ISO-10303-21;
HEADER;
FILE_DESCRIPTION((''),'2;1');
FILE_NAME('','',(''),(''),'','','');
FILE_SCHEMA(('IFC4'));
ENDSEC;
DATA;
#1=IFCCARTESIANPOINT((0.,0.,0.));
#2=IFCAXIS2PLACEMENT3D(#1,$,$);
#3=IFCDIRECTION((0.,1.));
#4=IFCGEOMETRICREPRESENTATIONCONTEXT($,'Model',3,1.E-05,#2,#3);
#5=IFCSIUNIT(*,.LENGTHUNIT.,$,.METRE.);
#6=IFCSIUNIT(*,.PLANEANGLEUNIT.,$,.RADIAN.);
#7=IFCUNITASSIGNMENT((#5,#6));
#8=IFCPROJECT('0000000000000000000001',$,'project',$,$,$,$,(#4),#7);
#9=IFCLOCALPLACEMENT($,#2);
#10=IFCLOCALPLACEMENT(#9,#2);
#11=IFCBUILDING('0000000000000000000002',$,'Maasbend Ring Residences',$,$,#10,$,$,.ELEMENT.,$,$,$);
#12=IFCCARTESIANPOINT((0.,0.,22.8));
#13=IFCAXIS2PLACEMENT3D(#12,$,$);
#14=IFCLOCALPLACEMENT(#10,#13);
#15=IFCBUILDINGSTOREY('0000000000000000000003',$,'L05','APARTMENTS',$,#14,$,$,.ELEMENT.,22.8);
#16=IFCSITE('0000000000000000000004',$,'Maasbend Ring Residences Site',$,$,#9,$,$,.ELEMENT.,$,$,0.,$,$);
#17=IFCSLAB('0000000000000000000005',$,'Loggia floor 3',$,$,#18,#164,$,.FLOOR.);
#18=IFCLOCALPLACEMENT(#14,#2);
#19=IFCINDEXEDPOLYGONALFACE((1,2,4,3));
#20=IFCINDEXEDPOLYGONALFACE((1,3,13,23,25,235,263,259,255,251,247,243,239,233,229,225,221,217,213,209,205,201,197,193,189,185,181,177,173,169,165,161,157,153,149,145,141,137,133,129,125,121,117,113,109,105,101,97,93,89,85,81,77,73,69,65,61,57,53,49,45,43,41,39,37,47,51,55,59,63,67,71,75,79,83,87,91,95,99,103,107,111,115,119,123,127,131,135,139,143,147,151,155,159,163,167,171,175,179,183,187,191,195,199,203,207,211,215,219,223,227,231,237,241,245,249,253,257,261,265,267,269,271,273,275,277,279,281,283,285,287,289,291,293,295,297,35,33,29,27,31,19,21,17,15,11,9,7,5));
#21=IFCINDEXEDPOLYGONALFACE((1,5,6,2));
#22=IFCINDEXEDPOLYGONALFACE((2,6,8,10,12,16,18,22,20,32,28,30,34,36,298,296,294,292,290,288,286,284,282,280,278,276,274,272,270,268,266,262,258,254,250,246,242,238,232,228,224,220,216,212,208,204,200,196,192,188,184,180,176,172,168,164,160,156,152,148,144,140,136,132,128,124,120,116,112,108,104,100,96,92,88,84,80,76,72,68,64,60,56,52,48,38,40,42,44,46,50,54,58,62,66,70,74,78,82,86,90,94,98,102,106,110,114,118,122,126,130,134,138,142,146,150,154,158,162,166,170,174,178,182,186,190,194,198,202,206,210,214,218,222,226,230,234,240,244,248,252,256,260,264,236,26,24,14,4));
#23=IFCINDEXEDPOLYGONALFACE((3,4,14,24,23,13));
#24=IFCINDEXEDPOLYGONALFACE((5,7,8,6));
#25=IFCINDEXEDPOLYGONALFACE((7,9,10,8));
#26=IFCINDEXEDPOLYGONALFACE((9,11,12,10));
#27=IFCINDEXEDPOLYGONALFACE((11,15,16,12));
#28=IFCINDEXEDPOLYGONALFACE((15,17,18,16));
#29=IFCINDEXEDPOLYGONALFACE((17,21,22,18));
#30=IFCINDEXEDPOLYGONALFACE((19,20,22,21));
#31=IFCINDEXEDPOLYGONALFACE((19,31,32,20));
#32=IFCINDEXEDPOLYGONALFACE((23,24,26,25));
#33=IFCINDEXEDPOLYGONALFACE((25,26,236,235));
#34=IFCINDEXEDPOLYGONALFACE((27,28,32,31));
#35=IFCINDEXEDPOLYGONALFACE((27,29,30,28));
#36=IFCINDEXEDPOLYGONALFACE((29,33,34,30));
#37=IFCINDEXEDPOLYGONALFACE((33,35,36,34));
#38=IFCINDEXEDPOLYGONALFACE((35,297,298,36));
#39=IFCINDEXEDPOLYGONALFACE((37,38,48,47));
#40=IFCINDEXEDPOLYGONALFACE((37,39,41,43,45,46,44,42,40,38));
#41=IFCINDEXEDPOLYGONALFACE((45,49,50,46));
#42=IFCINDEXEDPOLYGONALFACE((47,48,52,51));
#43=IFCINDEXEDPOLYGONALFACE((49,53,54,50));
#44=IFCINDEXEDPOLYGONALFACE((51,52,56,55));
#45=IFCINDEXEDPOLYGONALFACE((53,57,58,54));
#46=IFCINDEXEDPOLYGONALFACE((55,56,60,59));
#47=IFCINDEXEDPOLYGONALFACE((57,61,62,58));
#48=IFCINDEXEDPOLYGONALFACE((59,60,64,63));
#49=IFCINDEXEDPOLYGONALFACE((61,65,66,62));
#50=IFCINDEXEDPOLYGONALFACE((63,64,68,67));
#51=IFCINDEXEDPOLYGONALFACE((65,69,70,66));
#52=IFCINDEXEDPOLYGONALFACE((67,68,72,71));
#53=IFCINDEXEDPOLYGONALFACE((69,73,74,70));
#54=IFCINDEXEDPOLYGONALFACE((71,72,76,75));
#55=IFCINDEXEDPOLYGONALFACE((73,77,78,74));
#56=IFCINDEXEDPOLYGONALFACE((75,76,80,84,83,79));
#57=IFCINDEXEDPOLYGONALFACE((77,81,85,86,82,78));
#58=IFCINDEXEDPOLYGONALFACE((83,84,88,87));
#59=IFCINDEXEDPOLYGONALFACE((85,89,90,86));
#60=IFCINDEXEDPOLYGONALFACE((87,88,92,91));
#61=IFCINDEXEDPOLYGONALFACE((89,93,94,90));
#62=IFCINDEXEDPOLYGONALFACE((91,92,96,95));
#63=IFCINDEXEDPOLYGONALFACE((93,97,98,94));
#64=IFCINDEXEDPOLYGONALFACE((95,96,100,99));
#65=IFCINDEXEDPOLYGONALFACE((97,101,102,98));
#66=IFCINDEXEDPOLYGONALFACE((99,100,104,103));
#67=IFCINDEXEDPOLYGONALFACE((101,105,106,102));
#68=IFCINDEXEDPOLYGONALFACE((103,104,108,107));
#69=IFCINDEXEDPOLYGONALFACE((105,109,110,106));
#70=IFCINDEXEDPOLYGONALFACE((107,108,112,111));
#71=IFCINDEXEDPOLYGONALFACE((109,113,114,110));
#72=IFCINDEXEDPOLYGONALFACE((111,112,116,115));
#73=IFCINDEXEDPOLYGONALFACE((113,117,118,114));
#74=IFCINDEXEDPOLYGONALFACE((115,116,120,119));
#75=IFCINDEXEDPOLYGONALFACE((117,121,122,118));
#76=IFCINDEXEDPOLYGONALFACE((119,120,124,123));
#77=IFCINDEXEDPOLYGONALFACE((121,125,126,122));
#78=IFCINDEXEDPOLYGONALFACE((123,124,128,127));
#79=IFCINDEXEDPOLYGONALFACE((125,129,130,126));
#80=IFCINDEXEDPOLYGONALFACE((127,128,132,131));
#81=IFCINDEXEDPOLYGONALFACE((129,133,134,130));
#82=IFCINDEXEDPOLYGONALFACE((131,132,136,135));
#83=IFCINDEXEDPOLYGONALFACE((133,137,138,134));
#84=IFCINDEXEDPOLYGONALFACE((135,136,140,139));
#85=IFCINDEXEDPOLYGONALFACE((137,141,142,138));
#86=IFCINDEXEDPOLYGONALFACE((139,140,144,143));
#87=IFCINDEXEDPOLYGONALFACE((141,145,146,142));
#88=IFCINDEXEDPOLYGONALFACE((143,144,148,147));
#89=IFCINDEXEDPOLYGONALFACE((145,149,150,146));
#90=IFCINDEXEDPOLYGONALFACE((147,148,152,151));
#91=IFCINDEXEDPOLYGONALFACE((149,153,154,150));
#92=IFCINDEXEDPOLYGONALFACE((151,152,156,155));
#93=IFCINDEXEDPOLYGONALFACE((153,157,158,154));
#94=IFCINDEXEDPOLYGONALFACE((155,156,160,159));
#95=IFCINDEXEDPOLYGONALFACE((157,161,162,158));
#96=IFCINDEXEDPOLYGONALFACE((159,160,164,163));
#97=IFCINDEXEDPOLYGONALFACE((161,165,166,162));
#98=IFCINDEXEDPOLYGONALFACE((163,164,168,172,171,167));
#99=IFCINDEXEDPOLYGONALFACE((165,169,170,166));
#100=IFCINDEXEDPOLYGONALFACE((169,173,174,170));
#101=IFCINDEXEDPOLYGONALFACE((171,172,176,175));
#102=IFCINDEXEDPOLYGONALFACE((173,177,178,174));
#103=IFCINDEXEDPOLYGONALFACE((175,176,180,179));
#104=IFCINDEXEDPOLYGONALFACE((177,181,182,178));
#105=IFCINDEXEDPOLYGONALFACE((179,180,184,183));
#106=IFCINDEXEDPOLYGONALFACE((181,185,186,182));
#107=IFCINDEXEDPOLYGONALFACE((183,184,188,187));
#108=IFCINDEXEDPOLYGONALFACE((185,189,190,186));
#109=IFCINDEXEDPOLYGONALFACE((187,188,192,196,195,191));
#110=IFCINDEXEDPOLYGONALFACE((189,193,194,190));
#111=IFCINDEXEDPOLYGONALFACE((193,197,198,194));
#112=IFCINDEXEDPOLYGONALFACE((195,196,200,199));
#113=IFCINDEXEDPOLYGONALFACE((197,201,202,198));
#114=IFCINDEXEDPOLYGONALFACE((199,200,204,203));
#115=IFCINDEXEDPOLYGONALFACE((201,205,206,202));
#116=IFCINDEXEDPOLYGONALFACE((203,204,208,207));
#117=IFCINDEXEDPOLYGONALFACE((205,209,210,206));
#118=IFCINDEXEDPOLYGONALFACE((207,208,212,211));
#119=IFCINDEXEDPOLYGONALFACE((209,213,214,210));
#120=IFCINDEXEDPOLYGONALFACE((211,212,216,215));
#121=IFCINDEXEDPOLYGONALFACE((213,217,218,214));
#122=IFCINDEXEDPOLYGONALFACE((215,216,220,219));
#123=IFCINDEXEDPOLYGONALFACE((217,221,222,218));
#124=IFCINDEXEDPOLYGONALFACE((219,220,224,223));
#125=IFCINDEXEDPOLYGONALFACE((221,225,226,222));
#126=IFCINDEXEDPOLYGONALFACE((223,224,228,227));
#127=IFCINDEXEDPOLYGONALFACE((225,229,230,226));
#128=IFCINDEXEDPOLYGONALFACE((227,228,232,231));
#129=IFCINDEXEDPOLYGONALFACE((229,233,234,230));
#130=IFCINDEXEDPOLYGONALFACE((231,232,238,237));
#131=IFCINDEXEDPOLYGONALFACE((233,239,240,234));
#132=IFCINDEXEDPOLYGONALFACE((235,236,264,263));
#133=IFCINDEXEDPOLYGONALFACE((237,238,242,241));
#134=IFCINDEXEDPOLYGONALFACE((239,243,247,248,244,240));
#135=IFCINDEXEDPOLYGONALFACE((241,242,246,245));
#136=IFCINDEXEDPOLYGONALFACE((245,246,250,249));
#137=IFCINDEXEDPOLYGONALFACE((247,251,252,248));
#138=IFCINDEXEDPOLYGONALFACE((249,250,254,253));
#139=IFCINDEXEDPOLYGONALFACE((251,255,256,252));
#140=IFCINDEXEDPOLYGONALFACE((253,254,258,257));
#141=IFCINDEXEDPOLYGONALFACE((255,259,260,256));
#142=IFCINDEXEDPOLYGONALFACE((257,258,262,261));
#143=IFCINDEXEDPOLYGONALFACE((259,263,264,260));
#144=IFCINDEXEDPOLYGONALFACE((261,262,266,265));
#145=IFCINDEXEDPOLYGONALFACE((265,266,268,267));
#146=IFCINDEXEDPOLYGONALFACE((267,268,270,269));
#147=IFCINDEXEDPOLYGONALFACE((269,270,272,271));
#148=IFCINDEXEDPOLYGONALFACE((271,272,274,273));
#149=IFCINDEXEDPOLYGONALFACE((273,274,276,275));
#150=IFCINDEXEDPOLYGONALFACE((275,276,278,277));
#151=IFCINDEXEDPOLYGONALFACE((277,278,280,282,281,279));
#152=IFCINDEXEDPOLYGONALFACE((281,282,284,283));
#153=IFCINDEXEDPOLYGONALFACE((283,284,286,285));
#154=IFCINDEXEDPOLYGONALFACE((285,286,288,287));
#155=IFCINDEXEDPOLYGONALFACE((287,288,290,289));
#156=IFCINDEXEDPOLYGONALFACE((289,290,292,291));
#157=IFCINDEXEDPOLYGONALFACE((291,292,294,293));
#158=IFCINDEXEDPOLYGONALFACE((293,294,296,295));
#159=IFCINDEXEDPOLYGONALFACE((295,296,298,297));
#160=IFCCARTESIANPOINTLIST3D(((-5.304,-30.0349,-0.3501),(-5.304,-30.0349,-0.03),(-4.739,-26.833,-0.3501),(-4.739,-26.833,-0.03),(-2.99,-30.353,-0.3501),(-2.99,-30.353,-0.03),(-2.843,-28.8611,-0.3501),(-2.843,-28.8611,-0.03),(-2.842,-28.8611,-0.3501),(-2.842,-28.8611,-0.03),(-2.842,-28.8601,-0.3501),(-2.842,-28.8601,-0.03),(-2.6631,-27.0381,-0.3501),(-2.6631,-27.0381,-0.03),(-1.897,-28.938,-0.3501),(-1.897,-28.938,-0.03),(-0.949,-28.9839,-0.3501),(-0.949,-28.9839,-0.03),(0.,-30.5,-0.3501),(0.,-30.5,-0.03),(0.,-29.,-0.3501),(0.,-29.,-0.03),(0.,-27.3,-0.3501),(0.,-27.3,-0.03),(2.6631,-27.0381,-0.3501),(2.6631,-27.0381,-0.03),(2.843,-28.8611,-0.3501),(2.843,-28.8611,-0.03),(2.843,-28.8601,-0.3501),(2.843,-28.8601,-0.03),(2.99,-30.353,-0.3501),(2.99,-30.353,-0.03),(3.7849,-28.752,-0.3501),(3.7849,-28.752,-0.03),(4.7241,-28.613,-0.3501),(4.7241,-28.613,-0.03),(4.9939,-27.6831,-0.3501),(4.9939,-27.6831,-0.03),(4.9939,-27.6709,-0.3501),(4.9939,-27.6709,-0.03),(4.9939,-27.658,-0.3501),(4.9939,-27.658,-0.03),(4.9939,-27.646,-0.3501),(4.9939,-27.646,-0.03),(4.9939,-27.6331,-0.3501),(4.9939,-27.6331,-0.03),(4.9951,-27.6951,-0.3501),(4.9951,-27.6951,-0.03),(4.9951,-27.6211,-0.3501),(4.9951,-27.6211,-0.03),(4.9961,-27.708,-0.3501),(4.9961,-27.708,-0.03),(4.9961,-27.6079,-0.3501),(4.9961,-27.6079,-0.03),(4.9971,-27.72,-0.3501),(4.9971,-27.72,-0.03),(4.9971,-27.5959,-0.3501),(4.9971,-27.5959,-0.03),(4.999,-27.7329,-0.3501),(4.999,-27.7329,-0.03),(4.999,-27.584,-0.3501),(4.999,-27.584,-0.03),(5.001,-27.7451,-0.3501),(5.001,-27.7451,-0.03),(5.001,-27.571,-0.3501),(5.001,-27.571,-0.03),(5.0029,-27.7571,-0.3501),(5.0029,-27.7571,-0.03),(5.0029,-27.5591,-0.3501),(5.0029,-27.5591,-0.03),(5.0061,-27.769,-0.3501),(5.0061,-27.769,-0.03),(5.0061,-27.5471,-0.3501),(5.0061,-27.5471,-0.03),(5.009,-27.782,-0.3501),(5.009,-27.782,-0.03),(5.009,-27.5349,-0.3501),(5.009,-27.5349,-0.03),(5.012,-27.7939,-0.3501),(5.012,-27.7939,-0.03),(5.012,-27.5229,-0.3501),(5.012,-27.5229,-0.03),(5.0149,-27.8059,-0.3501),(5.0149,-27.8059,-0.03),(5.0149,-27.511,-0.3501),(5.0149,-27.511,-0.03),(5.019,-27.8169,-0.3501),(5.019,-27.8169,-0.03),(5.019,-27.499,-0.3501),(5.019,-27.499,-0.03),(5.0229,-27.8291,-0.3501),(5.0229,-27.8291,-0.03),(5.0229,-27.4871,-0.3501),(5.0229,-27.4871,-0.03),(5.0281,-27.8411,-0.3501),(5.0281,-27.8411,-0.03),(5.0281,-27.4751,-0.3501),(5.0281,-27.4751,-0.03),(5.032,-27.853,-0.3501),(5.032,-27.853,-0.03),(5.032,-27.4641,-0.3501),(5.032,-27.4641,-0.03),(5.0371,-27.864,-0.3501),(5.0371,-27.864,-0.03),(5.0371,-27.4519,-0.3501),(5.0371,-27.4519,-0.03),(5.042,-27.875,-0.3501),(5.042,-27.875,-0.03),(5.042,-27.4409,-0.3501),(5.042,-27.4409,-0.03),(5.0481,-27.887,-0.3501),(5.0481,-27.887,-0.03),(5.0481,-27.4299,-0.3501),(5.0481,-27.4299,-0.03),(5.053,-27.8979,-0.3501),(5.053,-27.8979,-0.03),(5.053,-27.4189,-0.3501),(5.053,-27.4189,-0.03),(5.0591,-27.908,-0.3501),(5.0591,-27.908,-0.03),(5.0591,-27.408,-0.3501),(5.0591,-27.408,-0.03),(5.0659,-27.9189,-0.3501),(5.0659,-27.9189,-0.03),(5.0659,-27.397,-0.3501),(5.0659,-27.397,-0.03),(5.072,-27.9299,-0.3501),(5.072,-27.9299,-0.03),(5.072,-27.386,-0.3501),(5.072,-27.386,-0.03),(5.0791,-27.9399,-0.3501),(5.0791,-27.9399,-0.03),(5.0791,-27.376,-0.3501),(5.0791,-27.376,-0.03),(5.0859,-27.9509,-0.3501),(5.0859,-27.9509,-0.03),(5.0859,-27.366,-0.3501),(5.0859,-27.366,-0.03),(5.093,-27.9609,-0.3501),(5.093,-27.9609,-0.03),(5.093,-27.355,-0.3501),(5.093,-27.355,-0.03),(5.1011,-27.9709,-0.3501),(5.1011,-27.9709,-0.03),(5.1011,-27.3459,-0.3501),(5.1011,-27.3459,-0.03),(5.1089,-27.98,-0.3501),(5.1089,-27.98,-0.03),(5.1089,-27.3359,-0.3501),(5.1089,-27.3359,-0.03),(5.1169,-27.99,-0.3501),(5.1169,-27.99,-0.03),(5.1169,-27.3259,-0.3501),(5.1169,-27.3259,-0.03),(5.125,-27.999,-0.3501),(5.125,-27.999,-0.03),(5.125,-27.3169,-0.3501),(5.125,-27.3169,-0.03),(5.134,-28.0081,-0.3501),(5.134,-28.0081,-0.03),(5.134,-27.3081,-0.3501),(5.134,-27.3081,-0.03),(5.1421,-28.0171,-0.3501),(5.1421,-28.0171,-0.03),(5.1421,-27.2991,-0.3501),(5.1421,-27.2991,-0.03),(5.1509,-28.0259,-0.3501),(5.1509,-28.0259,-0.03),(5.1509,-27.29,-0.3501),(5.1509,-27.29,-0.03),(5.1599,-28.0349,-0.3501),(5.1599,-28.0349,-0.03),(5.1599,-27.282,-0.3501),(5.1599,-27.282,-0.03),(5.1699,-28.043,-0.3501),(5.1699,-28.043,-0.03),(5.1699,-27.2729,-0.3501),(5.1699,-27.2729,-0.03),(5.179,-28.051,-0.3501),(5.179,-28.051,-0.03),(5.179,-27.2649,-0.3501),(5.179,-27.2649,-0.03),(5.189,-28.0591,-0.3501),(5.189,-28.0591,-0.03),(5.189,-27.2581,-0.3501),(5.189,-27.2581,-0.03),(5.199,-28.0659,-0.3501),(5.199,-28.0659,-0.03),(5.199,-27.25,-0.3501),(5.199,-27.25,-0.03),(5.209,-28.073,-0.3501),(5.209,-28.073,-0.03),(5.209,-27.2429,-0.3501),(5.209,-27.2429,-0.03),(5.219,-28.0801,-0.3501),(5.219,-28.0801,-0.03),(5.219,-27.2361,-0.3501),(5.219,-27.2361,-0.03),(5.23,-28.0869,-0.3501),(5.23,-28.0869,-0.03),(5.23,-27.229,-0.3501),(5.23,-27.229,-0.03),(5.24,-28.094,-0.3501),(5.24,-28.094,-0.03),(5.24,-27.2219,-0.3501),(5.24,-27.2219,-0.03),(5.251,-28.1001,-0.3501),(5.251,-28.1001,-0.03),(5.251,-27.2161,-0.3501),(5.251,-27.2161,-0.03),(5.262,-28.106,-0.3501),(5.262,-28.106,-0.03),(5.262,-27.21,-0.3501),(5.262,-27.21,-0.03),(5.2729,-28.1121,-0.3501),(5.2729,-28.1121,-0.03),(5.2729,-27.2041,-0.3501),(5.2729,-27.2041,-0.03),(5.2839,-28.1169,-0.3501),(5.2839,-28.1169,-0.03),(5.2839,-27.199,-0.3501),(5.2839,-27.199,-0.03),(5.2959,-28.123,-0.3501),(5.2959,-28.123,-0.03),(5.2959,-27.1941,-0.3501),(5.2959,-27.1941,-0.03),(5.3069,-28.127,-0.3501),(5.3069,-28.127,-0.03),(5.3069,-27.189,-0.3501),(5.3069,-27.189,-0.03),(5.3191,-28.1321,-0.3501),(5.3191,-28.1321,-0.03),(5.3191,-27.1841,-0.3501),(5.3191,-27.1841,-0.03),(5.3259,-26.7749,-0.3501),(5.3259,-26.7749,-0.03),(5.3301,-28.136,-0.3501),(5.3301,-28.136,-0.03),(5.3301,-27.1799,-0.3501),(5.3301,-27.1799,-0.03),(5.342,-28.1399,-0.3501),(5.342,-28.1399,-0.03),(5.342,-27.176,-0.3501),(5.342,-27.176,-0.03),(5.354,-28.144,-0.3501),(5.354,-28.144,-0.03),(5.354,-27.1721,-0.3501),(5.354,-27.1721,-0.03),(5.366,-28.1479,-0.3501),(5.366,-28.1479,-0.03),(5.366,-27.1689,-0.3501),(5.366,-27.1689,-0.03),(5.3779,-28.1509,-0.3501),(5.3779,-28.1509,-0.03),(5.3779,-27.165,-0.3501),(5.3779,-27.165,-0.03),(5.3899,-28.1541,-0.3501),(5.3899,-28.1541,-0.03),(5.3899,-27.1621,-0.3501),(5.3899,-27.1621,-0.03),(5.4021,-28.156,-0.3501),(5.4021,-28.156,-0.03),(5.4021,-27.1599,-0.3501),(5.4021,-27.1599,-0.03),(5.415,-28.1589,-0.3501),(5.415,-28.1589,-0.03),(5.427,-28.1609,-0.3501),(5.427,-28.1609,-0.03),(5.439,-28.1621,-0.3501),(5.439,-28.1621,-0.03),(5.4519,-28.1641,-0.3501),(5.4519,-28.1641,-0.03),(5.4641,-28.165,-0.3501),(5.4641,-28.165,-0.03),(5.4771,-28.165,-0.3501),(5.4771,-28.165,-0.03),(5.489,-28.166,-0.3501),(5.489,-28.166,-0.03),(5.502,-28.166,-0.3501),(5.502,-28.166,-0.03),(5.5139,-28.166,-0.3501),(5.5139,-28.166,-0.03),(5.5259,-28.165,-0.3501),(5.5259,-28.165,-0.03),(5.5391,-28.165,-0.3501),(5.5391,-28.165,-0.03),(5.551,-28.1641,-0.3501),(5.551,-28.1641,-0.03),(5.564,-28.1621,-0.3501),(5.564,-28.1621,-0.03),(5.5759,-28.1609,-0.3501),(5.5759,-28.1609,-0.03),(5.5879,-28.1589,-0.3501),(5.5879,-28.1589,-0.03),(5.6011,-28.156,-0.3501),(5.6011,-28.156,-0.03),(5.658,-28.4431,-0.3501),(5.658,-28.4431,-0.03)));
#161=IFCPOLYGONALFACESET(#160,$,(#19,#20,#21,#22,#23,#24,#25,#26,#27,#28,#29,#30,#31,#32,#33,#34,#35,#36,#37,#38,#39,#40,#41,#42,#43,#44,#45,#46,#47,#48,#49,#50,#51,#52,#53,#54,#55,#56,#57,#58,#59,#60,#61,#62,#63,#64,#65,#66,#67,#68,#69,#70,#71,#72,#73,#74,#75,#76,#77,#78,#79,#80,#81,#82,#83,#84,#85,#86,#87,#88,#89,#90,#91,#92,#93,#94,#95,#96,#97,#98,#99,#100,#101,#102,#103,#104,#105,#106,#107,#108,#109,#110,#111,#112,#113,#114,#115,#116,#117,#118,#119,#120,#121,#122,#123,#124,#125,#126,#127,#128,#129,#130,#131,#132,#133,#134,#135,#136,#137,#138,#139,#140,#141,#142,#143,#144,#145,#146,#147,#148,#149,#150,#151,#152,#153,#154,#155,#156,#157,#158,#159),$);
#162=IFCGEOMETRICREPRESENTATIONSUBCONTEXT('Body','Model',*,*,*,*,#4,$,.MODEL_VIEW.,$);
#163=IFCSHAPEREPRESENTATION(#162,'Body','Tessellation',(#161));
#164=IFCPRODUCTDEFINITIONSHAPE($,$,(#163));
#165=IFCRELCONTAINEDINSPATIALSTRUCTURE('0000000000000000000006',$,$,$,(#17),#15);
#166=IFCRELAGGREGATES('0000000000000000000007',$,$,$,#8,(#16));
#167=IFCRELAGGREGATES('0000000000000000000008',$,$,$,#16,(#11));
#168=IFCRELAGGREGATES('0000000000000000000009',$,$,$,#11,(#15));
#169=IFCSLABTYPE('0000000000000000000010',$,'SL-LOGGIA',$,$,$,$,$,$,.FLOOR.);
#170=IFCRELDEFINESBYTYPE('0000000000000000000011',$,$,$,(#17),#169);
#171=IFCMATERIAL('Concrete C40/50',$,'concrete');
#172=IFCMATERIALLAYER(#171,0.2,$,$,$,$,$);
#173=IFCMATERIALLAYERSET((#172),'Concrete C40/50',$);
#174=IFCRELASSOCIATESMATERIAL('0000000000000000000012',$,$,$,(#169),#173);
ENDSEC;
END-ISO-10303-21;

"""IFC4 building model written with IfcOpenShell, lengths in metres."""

from ifc_helpers import new_model, si_unit, direction, frame, origin, place, context, subcontext, project, spatial, polyline, outline, extrude, material, layer, layer_set, type_object, element, save


model = new_model("IFC4")

# Units and contexts
model_context = context("Model", 3, precision=1e-05, world=origin(), true_north=direction((0.0, 1.0)))
body_context = subcontext(model_context, "Body", "Model", "MODEL_VIEW")
ifc_project = project(units=[si_unit("LENGTHUNIT", "METRE"), si_unit("PLANEANGLEUNIT", "RADIAN")], contexts=[model_context])

# Site, building, storey
site_placement = place(None, origin())
site = spatial("IfcSite", under=ifc_project, at=site_placement, Name="Maasbend Ring Residences Site", CompositionType="ELEMENT", RefElevation=0.0)
building_placement = place(site_placement, origin())
building = spatial("IfcBuilding", under=site, at=building_placement, Name="Maasbend Ring Residences", CompositionType="ELEMENT")
storey_placement = place(building_placement, frame((0.0, 0.0, 22.8)))
storey = spatial("IfcBuildingStorey", under=building, at=storey_placement, Name="L05", Description="APARTMENTS", CompositionType="ELEMENT", Elevation=22.8)

# Slab
ifc_material_1 = material(Name="Concrete C40/50", Category="concrete")
ifc_layer_1 = layer(ifc_material_1, 0.2)
ifc_layer_set_1 = layer_set([ifc_layer_1], Name="Concrete C40/50")
slab_type = type_object("IfcSlabType", Name="SL-LOGGIA", PredefinedType="FLOOR", material=ifc_layer_set_1)
slab_1_placement = place(storey_placement, frame((0.0, 0.0, -0.3501)))
element("IfcSlab", 1, at=slab_1_placement, inside=storey, type_object=slab_type, Name="Loggia floor 3", PredefinedType="FLOOR", context=body_context, shape_type="SweptSolid", body=[
    extrude(outline(polyline([(-2.6631, -27.0381), (0.0, -27.3), (0.0, -27.3), (0.0, -27.3), (2.6631, -27.0381), (5.3259, -26.7749), (5.3259, -26.7749), (5.3259, -26.7749), (5.4021, -27.1599), (5.4021, -27.1599), (5.3899, -27.1621), (5.3779, -27.165), (5.366, -27.1689), (5.354, -27.1721), (5.342, -27.176), (5.3301, -27.1799), (5.3191, -27.1841), (5.3069, -27.189), (5.2959, -27.1941), (5.2839, -27.199), (5.2729, -27.2041), (5.262, -27.21), (5.251, -27.2161), (5.24, -27.2219), (5.23, -27.229), (5.219, -27.2361), (5.209, -27.2429), (5.199, -27.25), (5.189, -27.2581), (5.179, -27.2649), (5.1699, -27.2729), (5.1599, -27.282), (5.1509, -27.29), (5.1421, -27.2991), (5.134, -27.3081), (5.125, -27.3169), (5.1169, -27.3259), (5.1089, -27.3359), (5.1011, -27.3459), (5.093, -27.355), (5.0859, -27.366), (5.0791, -27.376), (5.072, -27.386), (5.0659, -27.397), (5.0591, -27.408), (5.053, -27.4189), (5.0481, -27.4299), (5.042, -27.4409), (5.0371, -27.4519), (5.032, -27.4641), (5.0281, -27.4751), (5.0229, -27.4871), (5.019, -27.499), (5.0149, -27.511), (5.012, -27.5229), (5.009, -27.5349), (5.0061, -27.5471), (5.0029, -27.5591), (5.001, -27.571), (4.999, -27.584), (4.9971, -27.5959), (4.9961, -27.6079), (4.9951, -27.6211), (4.9939, -27.6331), (4.9939, -27.646), (4.9939, -27.658), (4.9939, -27.6709), (4.9939, -27.6831), (4.9951, -27.6951), (4.9961, -27.708), (4.9971, -27.72), (4.999, -27.7329), (5.001, -27.7451), (5.0029, -27.7571), (5.0061, -27.769), (5.009, -27.782), (5.012, -27.7939), (5.0149, -27.8059), (5.019, -27.8169), (5.0229, -27.8291), (5.0281, -27.8411), (5.032, -27.853), (5.0371, -27.864), (5.042, -27.875), (5.0481, -27.887), (5.053, -27.8979), (5.0591, -27.908), (5.0659, -27.9189), (5.072, -27.9299), (5.0791, -27.9399), (5.0859, -27.9509), (5.093, -27.9609), (5.1011, -27.9709), (5.1089, -27.98), (5.1169, -27.99), (5.125, -27.999), (5.134, -28.0081), (5.1421, -28.0171), (5.1509, -28.0259), (5.1599, -28.0349), (5.1699, -28.043), (5.179, -28.051), (5.189, -28.0591), (5.199, -28.0659), (5.209, -28.073), (5.219, -28.0801), (5.23, -28.0869), (5.24, -28.094), (5.251, -28.1001), (5.262, -28.106), (5.2729, -28.1121), (5.2839, -28.1169), (5.2959, -28.123), (5.3069, -28.127), (5.3191, -28.1321), (5.3301, -28.136), (5.342, -28.1399), (5.354, -28.144), (5.366, -28.1479), (5.3779, -28.1509), (5.3899, -28.1541), (5.4021, -28.156), (5.415, -28.1589), (5.427, -28.1609), (5.439, -28.1621), (5.4519, -28.1641), (5.4641, -28.165), (5.4771, -28.165), (5.489, -28.166), (5.502, -28.166), (5.5139, -28.166), (5.5259, -28.165), (5.5391, -28.165), (5.551, -28.1641), (5.564, -28.1621), (5.5759, -28.1609), (5.5879, -28.1589), (5.6011, -28.156), (5.6011, -28.156), (5.658, -28.4431), (5.658, -28.4431), (5.658, -28.4431), (4.7241, -28.613), (4.7241, -28.613), (3.7849, -28.752), (3.7849, -28.752), (2.843, -28.8601), (2.843, -28.8601), (2.843, -28.8601), (2.843, -28.8601), (2.843, -28.8601), (2.843, -28.8601), (2.843, -28.8601), (2.843, -28.8601), (2.843, -28.8601), (2.843, -28.8611), (2.843, -28.8611), (2.843, -28.8611), (2.843, -28.8611), (2.843, -28.8611), (2.843, -28.8611), (2.843, -28.8611), (2.843, -28.8611), (2.99, -30.353), (2.99, -30.353), (2.99, -30.353), (0.0, -30.5), (0.0, -30.5), (0.0, -30.5), (0.0, -29.0), (0.0, -29.0), (0.0, -29.0), (0.0, -29.0), (0.0, -29.0), (0.0, -29.0), (0.0, -29.0), (0.0, -29.0), (0.0, -29.0), (0.0, -29.0), (0.0, -29.0), (0.0, -29.0), (0.0, -29.0), (0.0, -29.0), (0.0, -29.0), (0.0, -29.0), (0.0, -29.0), (-0.949, -28.9839), (-0.949, -28.9839), (-1.897, -28.938), (-1.897, -28.938), (-2.842, -28.8601), (-2.842, -28.8601), (-2.842, -28.8601), (-2.842, -28.8601), (-2.842, -28.8601), (-2.842, -28.8601), (-2.842, -28.8601), (-2.842, -28.8601), (-2.842, -28.8611), (-2.842, -28.8611), (-2.842, -28.8611), (-2.842, -28.8611), (-2.842, -28.8611), (-2.843, -28.8611), (-2.843, -28.8611), (-2.843, -28.8611), (-2.843, -28.8611), (-2.99, -30.353), (-2.99, -30.353), (-2.99, -30.353), (-5.304, -30.0349), (-5.304, -30.0349), (-5.304, -30.0349), (-4.739, -26.833), (-4.739, -26.833), (-4.739, -26.833), (-2.6631, -27.0381)])), origin(), (0.0, 0.0, 1.0), 0.3201),
])

save(model, "model.ifc")
